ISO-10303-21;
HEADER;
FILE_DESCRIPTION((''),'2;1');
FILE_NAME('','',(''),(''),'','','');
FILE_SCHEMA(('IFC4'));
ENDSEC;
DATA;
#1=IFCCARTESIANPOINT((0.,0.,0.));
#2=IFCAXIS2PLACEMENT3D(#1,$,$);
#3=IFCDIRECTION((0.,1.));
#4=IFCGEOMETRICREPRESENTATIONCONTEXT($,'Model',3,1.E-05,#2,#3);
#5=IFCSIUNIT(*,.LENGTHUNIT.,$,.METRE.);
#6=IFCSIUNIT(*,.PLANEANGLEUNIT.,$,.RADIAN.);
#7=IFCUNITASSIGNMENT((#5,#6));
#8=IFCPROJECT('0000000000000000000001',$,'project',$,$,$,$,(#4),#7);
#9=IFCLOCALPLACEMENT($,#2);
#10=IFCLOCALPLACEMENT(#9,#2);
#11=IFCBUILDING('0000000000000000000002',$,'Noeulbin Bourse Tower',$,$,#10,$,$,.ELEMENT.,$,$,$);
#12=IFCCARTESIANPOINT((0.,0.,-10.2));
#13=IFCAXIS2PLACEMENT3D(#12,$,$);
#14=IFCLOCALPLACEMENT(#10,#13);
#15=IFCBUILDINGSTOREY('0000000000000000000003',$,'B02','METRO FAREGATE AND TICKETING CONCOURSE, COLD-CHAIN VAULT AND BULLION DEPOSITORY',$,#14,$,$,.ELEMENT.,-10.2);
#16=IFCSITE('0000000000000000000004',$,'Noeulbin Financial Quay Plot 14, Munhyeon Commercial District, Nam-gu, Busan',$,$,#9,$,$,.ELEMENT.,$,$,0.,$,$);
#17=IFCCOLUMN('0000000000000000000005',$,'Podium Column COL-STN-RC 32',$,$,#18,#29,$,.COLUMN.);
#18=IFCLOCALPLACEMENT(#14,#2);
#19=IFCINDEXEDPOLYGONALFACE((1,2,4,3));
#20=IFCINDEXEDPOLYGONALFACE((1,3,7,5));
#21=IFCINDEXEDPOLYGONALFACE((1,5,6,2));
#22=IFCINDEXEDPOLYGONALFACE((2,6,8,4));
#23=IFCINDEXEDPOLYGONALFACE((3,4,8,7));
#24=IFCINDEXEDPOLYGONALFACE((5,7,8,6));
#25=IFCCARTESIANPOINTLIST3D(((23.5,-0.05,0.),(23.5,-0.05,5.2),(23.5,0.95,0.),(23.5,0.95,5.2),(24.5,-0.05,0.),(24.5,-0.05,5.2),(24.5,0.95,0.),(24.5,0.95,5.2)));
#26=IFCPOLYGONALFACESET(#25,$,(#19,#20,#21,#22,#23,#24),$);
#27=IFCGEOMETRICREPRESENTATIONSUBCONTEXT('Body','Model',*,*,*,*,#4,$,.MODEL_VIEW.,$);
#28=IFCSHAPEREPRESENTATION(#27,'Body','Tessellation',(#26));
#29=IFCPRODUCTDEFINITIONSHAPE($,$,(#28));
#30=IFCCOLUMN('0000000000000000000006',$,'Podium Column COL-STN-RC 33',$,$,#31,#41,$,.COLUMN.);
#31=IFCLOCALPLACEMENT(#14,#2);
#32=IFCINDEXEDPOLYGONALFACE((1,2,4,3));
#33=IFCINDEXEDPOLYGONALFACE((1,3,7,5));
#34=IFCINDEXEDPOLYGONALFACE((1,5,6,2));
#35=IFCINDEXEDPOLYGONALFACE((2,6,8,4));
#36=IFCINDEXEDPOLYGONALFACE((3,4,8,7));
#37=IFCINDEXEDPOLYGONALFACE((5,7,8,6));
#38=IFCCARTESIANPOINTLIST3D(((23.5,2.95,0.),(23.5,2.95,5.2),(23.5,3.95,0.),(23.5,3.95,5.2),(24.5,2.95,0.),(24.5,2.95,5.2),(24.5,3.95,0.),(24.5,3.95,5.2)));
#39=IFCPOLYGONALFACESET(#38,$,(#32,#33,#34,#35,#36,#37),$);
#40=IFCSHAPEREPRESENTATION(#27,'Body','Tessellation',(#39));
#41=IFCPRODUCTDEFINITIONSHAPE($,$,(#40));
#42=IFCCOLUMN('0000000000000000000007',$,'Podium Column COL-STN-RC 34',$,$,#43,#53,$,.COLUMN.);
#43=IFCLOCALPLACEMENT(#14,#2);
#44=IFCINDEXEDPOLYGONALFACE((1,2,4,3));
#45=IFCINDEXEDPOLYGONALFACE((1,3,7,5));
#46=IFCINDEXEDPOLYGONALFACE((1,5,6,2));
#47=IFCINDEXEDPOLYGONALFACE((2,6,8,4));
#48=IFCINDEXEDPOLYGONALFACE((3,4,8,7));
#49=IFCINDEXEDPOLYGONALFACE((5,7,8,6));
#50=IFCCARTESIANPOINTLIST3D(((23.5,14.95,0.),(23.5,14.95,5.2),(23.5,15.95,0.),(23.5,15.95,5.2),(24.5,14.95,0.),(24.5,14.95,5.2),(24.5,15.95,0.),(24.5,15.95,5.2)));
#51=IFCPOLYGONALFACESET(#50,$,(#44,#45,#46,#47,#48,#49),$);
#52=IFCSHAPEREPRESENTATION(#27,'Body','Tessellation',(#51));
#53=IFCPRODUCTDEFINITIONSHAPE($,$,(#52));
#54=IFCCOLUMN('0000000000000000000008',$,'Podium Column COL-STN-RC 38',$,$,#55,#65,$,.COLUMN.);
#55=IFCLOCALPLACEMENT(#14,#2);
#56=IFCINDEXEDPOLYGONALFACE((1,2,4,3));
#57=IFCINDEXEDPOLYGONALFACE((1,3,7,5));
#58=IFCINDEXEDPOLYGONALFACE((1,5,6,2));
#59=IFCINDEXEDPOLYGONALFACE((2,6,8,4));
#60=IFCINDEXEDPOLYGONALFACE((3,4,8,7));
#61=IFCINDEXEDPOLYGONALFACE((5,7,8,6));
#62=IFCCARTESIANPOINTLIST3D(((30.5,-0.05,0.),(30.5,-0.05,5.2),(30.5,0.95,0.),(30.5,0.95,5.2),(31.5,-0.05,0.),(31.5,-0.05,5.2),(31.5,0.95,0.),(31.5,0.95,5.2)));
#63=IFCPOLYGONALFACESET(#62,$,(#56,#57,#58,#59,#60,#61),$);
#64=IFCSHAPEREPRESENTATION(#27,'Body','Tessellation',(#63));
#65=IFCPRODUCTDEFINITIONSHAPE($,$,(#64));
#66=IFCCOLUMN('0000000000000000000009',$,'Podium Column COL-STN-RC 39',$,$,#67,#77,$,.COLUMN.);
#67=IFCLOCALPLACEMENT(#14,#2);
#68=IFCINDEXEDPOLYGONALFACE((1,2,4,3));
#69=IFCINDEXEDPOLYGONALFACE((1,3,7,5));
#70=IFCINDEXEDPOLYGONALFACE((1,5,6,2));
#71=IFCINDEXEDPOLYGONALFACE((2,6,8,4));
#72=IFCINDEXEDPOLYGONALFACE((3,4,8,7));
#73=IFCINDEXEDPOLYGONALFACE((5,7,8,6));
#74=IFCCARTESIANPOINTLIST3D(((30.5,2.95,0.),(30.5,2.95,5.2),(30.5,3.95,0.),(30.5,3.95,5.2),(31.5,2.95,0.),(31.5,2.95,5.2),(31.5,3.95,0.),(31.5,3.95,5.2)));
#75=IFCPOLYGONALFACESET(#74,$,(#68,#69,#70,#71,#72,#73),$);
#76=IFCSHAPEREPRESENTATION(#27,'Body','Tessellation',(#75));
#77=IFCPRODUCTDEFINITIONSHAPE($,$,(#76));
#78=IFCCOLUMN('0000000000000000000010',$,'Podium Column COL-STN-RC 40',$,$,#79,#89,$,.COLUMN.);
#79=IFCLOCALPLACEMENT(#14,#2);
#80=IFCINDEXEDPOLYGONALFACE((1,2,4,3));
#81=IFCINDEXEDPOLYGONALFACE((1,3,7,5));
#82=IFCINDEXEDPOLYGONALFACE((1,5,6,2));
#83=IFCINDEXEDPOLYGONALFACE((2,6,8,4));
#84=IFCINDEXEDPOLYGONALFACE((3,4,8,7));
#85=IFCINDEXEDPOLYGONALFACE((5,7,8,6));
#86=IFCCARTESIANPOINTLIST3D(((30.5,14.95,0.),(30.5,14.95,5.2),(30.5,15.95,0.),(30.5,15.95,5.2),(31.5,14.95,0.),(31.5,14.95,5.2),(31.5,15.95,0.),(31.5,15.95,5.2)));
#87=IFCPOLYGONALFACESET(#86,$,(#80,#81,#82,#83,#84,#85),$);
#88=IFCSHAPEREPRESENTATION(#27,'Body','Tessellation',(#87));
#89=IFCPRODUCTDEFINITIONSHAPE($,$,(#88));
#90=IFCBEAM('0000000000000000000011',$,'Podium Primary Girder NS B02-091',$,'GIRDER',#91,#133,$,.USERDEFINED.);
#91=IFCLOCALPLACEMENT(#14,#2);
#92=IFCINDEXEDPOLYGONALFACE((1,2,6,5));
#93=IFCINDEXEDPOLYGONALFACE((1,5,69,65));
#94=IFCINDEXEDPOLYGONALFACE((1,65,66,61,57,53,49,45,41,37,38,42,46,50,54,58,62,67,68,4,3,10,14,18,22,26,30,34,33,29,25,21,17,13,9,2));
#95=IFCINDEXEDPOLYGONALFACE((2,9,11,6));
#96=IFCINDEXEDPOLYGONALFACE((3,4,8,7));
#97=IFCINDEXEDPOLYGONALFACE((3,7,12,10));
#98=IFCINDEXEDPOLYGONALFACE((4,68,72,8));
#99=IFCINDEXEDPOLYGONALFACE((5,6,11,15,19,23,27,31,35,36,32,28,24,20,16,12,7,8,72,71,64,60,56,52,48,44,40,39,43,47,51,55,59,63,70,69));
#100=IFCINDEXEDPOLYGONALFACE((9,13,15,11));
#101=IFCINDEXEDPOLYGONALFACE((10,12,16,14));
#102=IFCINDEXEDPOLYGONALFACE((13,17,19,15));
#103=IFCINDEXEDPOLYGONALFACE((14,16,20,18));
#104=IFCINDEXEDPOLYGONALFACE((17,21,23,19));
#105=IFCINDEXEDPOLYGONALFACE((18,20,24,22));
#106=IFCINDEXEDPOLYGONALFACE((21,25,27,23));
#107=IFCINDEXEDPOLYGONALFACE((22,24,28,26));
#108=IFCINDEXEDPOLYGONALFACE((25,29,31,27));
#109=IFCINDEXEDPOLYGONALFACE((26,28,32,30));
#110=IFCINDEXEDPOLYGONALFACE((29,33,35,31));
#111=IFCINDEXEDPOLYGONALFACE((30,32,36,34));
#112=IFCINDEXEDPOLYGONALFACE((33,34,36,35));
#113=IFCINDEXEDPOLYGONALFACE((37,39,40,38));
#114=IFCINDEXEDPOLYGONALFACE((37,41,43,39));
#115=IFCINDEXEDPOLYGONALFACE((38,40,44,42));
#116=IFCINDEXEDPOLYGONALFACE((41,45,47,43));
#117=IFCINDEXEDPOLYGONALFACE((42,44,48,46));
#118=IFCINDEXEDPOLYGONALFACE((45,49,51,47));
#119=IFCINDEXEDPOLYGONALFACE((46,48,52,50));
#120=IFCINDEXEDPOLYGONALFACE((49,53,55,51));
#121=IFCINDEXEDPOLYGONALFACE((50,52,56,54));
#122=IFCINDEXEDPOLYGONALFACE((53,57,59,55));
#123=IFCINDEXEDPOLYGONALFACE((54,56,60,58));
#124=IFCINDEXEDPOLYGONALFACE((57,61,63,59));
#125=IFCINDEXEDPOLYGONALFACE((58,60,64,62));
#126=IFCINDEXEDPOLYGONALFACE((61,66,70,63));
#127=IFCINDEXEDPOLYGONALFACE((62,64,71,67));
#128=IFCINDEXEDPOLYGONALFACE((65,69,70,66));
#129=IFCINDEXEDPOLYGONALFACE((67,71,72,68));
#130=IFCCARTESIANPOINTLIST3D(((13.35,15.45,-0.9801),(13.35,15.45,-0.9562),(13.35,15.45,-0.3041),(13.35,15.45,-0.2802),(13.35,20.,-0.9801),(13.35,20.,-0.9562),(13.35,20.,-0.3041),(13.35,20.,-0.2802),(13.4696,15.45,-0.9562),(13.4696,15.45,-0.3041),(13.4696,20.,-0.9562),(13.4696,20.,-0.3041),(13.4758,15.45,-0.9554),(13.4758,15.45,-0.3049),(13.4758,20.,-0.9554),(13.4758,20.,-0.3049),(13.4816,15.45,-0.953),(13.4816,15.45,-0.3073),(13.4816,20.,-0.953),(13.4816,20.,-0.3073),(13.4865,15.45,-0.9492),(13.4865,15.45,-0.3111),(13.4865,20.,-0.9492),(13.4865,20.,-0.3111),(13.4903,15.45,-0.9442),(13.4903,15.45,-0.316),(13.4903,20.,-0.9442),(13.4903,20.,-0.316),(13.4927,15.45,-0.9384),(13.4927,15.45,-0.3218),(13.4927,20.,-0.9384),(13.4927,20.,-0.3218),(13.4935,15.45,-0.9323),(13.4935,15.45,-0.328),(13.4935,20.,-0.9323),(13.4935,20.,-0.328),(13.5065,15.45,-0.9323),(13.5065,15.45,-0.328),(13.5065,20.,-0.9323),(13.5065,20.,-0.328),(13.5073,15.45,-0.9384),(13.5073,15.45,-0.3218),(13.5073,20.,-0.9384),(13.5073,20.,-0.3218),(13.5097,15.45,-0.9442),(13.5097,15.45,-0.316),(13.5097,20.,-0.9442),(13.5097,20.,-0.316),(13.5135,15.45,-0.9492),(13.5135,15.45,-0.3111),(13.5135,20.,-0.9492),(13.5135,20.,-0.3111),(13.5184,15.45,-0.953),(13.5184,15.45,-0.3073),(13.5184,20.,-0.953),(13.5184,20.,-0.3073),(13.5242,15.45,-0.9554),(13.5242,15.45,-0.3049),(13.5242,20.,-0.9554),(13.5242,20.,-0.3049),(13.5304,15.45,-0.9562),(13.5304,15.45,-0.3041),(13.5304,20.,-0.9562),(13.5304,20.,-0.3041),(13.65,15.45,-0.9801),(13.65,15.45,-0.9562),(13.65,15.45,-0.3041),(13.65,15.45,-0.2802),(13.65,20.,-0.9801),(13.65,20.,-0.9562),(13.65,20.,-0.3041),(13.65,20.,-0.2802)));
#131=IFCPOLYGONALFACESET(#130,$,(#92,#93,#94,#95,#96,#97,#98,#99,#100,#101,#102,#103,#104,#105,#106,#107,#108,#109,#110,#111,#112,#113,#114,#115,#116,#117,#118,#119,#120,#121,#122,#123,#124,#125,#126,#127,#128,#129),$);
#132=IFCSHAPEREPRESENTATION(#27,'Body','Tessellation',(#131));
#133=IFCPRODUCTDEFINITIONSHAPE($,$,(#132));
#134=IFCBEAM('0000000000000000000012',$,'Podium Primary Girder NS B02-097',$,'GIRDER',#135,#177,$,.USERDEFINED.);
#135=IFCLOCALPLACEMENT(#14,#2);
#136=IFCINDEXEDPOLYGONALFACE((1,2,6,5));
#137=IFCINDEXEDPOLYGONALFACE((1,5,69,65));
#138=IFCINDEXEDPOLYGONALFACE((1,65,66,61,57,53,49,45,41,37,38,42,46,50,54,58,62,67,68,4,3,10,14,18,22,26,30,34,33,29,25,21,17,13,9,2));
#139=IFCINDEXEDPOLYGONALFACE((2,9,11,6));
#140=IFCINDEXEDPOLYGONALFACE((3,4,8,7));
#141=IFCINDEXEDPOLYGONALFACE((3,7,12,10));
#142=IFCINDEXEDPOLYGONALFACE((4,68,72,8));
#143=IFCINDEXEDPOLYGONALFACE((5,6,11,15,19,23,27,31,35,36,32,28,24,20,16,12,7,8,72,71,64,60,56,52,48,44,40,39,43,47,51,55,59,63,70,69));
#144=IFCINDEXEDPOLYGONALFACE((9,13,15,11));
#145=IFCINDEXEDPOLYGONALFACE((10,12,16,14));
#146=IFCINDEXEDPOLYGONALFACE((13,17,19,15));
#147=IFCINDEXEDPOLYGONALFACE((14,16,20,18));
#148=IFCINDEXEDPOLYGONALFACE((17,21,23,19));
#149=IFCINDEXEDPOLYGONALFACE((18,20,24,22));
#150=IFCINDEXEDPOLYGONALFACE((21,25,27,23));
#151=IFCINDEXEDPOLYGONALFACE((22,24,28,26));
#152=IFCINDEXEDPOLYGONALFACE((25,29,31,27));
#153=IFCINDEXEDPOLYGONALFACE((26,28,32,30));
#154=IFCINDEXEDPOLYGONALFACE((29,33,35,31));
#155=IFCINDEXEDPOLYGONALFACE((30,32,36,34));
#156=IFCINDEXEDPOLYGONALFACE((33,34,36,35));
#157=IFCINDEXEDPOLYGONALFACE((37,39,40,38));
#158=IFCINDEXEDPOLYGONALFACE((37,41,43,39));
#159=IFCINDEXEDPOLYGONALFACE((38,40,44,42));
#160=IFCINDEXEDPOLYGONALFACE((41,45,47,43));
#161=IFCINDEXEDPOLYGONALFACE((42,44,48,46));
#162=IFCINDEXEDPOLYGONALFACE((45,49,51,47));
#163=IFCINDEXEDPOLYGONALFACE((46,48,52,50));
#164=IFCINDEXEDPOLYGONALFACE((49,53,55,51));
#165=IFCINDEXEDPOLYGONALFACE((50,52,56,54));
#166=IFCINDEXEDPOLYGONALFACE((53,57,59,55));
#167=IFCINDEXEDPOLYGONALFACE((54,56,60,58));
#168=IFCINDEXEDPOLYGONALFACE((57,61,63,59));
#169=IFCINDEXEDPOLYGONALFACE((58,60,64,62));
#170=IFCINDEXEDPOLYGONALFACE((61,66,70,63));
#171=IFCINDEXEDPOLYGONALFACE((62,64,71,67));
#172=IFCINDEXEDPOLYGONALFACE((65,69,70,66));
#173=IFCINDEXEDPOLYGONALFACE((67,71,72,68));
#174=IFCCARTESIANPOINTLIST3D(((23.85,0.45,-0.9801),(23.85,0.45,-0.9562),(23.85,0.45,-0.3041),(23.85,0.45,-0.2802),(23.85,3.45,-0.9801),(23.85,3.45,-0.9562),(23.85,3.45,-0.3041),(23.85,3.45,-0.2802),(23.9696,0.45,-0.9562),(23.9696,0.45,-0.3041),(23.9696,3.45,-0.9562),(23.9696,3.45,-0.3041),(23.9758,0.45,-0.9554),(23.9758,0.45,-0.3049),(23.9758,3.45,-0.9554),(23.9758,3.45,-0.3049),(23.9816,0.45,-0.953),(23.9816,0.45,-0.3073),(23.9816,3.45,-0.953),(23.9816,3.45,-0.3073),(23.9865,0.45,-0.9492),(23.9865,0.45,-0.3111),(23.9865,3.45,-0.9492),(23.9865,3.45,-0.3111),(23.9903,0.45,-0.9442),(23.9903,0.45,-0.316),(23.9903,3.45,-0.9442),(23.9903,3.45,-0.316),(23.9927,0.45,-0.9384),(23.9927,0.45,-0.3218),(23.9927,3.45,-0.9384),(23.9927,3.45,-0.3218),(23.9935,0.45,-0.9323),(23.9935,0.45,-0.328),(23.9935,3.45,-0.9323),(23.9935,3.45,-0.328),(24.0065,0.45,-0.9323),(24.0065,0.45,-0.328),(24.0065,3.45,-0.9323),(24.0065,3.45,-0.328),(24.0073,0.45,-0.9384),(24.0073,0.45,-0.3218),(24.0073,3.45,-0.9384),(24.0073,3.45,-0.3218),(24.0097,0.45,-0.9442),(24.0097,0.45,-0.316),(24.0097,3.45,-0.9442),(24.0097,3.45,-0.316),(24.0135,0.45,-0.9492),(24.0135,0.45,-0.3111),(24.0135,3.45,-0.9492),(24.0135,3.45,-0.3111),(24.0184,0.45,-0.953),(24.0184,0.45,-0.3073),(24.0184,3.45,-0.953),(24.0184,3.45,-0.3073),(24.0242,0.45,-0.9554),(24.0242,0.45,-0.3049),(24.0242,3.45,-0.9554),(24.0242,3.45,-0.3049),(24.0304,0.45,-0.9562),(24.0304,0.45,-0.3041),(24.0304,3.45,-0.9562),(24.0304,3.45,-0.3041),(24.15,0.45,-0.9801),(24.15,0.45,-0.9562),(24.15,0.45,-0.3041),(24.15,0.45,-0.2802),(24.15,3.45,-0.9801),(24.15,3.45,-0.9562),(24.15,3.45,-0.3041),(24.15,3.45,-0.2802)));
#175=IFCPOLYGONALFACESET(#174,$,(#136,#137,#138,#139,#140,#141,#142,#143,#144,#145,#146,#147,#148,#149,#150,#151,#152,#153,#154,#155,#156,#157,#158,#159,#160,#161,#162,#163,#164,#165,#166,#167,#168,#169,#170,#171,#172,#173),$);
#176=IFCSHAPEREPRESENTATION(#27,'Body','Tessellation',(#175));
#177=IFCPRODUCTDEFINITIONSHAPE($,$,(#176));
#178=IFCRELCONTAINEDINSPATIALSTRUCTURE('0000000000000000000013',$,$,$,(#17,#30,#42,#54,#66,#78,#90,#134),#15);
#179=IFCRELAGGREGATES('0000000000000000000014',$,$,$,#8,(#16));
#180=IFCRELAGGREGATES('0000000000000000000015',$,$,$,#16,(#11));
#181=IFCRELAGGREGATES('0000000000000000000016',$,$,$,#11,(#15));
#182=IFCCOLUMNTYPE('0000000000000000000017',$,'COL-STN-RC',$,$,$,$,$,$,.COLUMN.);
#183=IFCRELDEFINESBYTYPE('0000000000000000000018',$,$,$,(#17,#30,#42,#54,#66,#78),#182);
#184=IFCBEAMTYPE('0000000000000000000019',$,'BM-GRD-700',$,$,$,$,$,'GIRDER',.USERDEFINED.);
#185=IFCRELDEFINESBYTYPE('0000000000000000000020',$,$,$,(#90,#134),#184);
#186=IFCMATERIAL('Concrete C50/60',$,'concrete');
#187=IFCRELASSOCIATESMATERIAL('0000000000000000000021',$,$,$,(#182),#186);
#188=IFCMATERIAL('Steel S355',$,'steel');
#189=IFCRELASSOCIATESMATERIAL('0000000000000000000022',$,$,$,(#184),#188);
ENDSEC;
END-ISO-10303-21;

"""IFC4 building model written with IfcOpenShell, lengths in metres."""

from ifc_helpers import new_model, si_unit, direction, frame, origin, origin_2d, place, context, subcontext, project, spatial, rectangle, i_section, extrude, material, material_profile, profile_set, type_object, element, save


model = new_model("IFC4")

# Units and contexts
model_context = context("Model", 3, precision=1e-05, world=origin(), true_north=direction((0.0, 1.0)))
body_context = subcontext(model_context, "Body", "Model", "MODEL_VIEW")
ifc_project = project(units=[si_unit("LENGTHUNIT", "METRE"), si_unit("PLANEANGLEUNIT", "RADIAN")], contexts=[model_context])

# Site, building, storey
site_placement = place(None, origin())
site = spatial("IfcSite", under=ifc_project, at=site_placement, Name="Noeulbin Financial Quay Plot 14, Munhyeon Commercial District, Nam-gu, Busan", CompositionType="ELEMENT", RefElevation=0.0)
building_placement = place(site_placement, origin())
building = spatial("IfcBuilding", under=site, at=building_placement, Name="Noeulbin Bourse Tower", CompositionType="ELEMENT")
storey_placement = place(building_placement, frame((0.0, 0.0, -10.2)))
storey = spatial("IfcBuildingStorey", under=building, at=storey_placement, Name="B02", Description="METRO FAREGATE AND TICKETING CONCOURSE, COLD-CHAIN VAULT AND BULLION DEPOSITORY", CompositionType="ELEMENT", Elevation=-10.2)

# Columns
ifc_material_1 = material(Name="Concrete C50/60", Category="concrete")
ifc_material_profile_1 = material_profile(ifc_material_1, rectangle(XDim=1.0, YDim=1.0, at=origin_2d()), Name="RC-COL-1000x1000", Category="LoadBearing")
ifc_profile_set_1 = profile_set([ifc_material_profile_1], Name="Concrete C50/60")
column_type = type_object("IfcColumnType", Name="COL-STN-RC", PredefinedType="COLUMN", material=ifc_profile_set_1)
for number, where, z_axis, x_axis, name in (
    (1, (24.0, 0.45, 0.0), (0.0, 0.0, 1.0), (1.0, 0.0, 0.0), "Podium Column COL-STN-RC 32"),
    (2, (24.0, 3.45, 0.0), (0.0, 0.0, 1.0), (1.0, 0.0, 0.0), "Podium Column COL-STN-RC 33"),
    (3, (24.0, 15.45, 0.0), (0.0, 0.0, 1.0), (1.0, 0.0, 0.0), "Podium Column COL-STN-RC 34"),
    (4, (31.0, 0.45, 0.0), (0.0, 0.0, 1.0), (1.0, 0.0, 0.0), "Podium Column COL-STN-RC 38"),
    (5, (31.0, 3.45, 0.0), (0.0, 0.0, 1.0), (1.0, 0.0, 0.0), "Podium Column COL-STN-RC 39"),
    (6, (31.0, 15.45, 0.0), (0.0, 0.0, 1.0), (1.0, 0.0, 0.0), "Podium Column COL-STN-RC 40"),
):
    element("IfcColumn", number, at=place(storey_placement, frame(where, z_axis=z_axis, x_axis=x_axis)), inside=storey, type_object=column_type, Name=name, PredefinedType="COLUMN", context=body_context, shape_type="SweptSolid", body=[
        extrude(rectangle(XDim=1.0, YDim=1.0, at=origin_2d()), origin(), (0.0, 0.0, 1.0), 5.2),
    ])

# Beams
ifc_material_2 = material(Name="Steel S355", Category="steel")
ifc_material_profile_2 = material_profile(ifc_material_2, i_section(OverallWidth=0.3, OverallDepth=0.7, WebThickness=0.0129, FlangeThickness=0.0239, FilletRadius=0.0239, at=origin_2d()), Name="H-700x300x13x24", Category="LoadBearing")
ifc_profile_set_2 = profile_set([ifc_material_profile_2], Name="Steel S355")
beam_type_1 = type_object("IfcBeamType", Name="BM-GRD-700", ElementType="GIRDER", PredefinedType="USERDEFINED", material=ifc_profile_set_2)
beam_1_placement = place(storey_placement, frame((13.5, 15.45, -0.6301), z_axis=(0.0, 1.0, 0.0), x_axis=(-1.0, 0.0, 0.0)))
element("IfcBeam", 7, at=beam_1_placement, inside=storey, type_object=beam_type_1, Name="Podium Primary Girder NS B02-091", ObjectType="GIRDER", PredefinedType="USERDEFINED", context=body_context, shape_type="SweptSolid", body=[
    extrude(i_section(OverallWidth=0.3, OverallDepth=0.7, WebThickness=0.0129, FlangeThickness=0.0239, FilletRadius=0.0239, at=origin_2d()), origin(), (0.0, 0.0, 1.0), 4.55),
])
beam_2_placement = place(storey_placement, frame((24.0, 0.45, -0.6301), z_axis=(0.0, 1.0, 0.0), x_axis=(-1.0, 0.0, 0.0)))
element("IfcBeam", 8, at=beam_2_placement, inside=storey, type_object=beam_type_1, Name="Podium Primary Girder NS B02-097", ObjectType="GIRDER", PredefinedType="USERDEFINED", context=body_context, shape_type="SweptSolid", body=[
    extrude(i_section(OverallWidth=0.3, OverallDepth=0.7, WebThickness=0.0129, FlangeThickness=0.0239, FilletRadius=0.0239, at=origin_2d()), origin(), (0.0, 0.0, 1.0), 3.0),
])

save(model, "model.ifc")
